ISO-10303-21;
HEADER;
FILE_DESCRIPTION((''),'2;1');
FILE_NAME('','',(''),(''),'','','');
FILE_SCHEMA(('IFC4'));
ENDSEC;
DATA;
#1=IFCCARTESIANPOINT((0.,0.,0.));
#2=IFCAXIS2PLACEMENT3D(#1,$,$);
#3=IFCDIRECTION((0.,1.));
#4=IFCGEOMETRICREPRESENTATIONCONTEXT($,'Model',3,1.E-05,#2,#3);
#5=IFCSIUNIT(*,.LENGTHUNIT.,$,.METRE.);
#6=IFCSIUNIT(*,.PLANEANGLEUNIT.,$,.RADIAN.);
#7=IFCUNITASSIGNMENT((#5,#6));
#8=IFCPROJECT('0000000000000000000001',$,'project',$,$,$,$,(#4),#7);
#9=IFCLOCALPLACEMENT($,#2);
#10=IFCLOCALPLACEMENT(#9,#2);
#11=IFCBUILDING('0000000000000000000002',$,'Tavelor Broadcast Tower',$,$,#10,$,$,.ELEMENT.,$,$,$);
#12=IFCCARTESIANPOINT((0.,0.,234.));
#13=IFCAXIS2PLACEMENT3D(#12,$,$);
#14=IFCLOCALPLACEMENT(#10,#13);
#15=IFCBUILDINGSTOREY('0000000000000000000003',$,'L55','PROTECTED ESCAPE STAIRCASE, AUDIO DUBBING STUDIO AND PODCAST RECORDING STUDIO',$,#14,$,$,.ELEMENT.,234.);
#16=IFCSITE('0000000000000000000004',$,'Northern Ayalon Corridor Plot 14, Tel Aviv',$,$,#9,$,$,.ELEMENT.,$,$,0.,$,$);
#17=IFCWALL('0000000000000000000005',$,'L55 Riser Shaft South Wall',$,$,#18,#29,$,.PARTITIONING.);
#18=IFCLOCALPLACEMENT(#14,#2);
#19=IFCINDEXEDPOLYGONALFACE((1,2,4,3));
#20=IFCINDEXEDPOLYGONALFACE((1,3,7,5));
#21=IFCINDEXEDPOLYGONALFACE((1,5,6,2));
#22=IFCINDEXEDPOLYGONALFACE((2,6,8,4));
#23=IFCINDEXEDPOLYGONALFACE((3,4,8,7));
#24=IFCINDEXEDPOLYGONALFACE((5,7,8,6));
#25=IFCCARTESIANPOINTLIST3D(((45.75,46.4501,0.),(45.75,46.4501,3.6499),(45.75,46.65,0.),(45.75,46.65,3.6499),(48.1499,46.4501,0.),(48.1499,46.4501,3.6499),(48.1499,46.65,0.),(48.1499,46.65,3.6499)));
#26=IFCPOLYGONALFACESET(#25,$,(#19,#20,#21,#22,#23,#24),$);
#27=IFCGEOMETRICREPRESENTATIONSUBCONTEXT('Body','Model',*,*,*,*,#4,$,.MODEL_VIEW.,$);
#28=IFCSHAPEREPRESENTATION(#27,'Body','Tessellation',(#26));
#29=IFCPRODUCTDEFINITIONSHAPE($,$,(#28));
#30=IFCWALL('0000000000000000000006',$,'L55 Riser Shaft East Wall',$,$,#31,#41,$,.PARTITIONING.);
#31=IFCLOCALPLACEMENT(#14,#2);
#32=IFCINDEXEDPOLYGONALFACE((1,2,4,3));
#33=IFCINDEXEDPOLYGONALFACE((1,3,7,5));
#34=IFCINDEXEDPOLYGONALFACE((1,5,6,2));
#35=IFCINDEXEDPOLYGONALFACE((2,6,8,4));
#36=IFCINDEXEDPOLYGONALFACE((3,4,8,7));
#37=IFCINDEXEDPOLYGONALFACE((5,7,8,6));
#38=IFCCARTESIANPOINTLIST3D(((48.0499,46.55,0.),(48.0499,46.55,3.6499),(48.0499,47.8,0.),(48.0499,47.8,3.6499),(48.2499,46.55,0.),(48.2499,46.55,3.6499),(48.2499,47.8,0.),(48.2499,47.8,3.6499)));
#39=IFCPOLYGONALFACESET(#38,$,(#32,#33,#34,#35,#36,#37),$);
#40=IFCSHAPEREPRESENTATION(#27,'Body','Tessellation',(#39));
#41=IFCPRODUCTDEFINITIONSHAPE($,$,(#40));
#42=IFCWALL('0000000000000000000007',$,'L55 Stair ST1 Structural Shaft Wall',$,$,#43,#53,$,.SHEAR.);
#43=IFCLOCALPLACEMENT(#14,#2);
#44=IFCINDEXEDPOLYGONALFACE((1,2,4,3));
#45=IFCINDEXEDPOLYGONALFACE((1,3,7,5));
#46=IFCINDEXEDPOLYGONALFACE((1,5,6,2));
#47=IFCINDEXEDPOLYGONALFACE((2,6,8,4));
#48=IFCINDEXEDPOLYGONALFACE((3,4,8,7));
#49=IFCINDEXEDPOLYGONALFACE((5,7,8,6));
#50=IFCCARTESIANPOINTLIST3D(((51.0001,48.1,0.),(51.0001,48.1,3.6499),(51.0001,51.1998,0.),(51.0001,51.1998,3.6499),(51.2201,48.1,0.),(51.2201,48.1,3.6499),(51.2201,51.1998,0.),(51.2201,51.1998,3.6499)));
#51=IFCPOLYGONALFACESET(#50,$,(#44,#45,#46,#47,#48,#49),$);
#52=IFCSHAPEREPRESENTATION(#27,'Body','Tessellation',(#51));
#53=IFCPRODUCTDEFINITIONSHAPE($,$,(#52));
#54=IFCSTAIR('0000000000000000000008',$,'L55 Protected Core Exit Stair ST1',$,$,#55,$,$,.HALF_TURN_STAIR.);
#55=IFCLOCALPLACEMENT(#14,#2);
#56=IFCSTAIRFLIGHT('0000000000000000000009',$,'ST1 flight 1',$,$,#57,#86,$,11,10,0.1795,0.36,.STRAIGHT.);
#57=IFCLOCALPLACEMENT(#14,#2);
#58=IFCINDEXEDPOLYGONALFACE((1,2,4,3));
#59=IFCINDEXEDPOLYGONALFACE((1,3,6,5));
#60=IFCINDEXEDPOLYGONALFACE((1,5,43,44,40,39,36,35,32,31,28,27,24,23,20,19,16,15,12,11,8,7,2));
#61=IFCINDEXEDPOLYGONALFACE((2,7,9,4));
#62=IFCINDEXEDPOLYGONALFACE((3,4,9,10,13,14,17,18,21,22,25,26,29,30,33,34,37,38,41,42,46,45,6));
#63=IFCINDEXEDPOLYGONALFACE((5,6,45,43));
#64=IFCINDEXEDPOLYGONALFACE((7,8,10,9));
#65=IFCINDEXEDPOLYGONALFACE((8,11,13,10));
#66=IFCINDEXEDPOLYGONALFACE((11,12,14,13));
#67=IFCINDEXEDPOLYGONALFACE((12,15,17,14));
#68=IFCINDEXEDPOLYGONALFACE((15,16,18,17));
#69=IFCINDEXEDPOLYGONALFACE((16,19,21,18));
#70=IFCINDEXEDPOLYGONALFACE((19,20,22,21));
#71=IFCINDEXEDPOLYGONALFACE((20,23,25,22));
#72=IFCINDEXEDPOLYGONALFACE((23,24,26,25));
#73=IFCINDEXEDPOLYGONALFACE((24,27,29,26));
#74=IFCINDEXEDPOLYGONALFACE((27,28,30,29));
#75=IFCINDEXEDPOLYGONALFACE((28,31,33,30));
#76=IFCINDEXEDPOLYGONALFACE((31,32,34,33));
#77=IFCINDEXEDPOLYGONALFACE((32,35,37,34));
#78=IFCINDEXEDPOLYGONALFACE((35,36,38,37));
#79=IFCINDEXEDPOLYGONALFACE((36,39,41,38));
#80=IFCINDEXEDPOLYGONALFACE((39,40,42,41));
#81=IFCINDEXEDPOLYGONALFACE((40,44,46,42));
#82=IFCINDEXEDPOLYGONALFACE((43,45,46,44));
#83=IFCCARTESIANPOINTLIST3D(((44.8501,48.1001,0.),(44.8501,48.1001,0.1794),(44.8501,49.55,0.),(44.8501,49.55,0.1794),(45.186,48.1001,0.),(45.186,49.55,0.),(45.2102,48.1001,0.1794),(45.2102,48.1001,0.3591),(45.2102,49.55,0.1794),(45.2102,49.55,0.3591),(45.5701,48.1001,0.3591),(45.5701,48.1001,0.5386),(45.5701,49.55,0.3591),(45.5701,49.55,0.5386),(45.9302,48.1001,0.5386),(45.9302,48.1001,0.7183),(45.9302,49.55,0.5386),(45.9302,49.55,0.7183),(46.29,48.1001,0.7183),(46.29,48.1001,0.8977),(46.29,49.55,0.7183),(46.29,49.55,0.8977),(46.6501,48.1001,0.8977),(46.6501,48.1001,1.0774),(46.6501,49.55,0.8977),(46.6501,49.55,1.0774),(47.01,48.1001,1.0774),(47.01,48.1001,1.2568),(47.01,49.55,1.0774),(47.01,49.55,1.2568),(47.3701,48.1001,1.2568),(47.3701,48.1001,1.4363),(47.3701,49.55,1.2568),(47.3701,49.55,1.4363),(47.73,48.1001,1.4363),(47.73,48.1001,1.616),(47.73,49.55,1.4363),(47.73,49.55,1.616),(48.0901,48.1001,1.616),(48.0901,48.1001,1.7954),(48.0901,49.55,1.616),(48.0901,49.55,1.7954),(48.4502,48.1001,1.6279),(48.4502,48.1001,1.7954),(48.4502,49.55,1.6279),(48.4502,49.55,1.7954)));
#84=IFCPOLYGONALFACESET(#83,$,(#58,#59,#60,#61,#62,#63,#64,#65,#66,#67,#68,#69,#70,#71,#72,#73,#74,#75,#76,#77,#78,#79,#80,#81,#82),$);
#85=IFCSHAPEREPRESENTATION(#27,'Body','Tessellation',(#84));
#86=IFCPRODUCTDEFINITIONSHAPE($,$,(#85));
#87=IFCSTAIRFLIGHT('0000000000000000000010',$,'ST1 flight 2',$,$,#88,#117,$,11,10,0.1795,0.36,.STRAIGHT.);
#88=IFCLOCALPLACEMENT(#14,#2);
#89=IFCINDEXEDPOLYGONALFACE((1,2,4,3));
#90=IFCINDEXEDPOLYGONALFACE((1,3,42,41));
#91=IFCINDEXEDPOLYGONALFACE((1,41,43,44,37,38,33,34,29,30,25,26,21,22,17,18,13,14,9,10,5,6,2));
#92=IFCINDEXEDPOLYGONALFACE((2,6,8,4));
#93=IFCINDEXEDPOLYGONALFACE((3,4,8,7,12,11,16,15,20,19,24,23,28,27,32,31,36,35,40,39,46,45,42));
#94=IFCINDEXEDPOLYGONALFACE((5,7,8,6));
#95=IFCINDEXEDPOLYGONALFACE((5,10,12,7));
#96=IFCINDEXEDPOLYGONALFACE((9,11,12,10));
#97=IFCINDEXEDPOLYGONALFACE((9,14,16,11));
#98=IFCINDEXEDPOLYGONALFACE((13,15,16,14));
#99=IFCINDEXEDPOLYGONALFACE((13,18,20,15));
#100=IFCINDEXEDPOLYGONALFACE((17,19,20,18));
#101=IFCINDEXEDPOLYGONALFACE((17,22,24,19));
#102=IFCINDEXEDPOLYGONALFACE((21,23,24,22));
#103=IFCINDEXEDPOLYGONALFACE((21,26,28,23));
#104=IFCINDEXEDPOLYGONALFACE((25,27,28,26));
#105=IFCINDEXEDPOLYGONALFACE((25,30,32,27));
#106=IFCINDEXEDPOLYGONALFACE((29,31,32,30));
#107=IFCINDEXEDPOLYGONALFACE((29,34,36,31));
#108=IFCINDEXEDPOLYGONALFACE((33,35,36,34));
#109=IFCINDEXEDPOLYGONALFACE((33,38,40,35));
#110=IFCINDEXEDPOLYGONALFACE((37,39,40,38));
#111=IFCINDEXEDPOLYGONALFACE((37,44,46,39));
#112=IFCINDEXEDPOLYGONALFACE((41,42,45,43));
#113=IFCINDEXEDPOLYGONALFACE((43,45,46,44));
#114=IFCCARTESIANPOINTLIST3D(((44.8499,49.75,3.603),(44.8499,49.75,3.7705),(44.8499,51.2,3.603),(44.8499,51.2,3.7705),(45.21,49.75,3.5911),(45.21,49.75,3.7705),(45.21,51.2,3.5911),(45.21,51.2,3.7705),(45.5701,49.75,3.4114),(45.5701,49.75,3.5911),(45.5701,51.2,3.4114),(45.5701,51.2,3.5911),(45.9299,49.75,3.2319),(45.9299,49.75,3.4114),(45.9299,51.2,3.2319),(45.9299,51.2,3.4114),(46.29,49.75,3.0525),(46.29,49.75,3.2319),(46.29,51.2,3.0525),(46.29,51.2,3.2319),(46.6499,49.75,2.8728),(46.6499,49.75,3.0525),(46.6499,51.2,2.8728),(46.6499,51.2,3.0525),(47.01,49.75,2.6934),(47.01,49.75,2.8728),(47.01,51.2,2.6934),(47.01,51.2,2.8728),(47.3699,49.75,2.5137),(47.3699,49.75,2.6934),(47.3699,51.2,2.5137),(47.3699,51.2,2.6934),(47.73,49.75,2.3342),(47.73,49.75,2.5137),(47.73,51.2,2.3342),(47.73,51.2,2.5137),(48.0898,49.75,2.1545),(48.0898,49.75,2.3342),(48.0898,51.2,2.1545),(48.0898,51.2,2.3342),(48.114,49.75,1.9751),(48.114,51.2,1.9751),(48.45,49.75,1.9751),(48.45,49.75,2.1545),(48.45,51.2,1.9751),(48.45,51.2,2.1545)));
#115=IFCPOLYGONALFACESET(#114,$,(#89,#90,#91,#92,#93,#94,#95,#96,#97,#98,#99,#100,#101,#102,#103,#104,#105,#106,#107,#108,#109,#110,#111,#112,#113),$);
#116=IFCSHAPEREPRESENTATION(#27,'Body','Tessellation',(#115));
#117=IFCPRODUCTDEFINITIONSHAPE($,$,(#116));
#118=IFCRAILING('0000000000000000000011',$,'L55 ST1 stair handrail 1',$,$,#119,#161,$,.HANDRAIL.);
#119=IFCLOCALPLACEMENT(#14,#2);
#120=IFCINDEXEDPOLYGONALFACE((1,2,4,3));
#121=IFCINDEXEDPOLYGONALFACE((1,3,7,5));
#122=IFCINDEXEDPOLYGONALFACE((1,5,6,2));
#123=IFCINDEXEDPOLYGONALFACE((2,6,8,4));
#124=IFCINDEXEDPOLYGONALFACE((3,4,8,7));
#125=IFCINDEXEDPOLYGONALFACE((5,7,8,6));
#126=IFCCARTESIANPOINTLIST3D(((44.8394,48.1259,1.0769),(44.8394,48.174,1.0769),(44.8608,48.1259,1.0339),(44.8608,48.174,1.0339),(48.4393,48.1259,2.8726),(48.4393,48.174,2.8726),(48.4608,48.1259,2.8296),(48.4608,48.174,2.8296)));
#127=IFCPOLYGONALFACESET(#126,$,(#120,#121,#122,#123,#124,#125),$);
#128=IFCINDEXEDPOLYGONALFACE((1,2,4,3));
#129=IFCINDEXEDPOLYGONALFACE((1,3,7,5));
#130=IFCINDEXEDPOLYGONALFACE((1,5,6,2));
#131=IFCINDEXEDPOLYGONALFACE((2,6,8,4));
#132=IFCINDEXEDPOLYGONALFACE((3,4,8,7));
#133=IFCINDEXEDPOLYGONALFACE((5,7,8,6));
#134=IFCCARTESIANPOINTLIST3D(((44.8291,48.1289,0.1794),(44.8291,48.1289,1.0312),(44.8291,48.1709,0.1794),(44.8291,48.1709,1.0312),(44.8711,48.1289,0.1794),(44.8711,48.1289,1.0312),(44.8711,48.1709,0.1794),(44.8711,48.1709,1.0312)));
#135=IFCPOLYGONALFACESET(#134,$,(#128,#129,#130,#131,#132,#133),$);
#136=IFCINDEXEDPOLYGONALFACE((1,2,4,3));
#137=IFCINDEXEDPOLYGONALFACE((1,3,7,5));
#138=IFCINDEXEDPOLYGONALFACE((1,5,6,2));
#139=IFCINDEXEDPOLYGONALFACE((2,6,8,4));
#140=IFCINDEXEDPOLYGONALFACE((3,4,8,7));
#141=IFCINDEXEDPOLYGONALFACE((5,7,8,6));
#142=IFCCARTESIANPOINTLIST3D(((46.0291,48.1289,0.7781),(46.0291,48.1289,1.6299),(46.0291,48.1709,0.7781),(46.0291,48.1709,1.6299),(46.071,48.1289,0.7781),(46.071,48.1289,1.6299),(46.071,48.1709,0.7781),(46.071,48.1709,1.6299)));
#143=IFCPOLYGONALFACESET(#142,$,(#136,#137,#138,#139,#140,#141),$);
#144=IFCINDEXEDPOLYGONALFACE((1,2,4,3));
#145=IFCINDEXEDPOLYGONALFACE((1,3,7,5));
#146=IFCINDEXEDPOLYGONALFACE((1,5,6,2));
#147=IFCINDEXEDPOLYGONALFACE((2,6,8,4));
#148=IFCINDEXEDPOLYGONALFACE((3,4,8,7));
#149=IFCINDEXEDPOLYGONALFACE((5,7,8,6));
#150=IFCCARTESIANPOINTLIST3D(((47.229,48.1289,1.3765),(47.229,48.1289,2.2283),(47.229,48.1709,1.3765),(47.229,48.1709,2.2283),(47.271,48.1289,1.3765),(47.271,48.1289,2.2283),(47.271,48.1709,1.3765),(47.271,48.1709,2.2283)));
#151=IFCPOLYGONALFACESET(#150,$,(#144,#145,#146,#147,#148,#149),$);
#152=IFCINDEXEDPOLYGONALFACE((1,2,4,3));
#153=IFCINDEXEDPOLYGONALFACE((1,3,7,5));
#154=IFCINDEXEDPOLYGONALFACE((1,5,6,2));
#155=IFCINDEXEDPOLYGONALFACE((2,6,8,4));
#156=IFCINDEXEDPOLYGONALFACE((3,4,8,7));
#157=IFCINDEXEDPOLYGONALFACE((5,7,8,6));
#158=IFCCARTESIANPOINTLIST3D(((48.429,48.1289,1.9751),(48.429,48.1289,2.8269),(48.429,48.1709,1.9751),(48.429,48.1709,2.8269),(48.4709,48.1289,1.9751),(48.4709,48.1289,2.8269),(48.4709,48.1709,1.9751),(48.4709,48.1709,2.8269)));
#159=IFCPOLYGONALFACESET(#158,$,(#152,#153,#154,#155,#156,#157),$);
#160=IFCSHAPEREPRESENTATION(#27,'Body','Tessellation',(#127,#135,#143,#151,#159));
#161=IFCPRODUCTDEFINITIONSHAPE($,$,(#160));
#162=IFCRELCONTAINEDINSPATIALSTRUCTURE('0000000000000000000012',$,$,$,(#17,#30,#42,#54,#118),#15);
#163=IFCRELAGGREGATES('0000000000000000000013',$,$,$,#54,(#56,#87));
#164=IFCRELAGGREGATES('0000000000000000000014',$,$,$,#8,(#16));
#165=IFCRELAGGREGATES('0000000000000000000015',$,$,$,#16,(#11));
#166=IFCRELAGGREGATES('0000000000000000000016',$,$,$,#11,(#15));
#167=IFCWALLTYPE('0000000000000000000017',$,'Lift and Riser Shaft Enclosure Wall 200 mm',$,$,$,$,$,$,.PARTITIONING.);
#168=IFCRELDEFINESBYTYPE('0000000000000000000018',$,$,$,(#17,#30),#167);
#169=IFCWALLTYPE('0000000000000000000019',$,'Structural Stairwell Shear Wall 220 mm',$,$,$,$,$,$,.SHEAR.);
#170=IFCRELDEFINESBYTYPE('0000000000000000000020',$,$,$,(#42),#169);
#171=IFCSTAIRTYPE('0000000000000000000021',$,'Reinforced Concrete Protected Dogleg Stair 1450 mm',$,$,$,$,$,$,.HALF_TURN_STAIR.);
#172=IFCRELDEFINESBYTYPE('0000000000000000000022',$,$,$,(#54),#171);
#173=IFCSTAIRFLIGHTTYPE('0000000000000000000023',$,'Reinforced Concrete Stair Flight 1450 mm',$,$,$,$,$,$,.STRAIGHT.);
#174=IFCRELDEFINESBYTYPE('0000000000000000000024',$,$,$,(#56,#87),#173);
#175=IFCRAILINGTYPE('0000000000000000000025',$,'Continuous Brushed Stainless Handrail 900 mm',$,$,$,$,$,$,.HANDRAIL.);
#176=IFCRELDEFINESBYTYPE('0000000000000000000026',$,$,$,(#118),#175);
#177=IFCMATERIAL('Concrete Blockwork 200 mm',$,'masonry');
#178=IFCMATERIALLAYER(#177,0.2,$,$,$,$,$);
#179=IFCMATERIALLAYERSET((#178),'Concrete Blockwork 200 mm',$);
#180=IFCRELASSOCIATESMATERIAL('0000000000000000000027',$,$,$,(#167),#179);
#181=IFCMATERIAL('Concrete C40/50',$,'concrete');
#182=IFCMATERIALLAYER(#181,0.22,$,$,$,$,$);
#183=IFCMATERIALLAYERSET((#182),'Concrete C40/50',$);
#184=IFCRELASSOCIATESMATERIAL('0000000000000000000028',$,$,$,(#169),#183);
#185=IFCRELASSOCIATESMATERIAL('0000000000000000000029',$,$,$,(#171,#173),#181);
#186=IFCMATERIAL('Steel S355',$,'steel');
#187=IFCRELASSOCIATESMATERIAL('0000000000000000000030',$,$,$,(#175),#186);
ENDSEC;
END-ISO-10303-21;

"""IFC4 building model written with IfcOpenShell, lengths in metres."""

from ifc_helpers import new_model, si_unit, direction, frame, frame_2d, origin, origin_2d, place, context, subcontext, project, spatial, polyline, rectangle, outline, extrude, material, layer, layer_set, type_object, element, aggregate, save


model = new_model("IFC4")

# Units and contexts
model_context = context("Model", 3, precision=1e-05, world=origin(), true_north=direction((0.0, 1.0)))
body_context = subcontext(model_context, "Body", "Model", "MODEL_VIEW")
ifc_project = project(units=[si_unit("LENGTHUNIT", "METRE"), si_unit("PLANEANGLEUNIT", "RADIAN")], contexts=[model_context])

# Site, building, storey
site_placement = place(None, origin())
site = spatial("IfcSite", under=ifc_project, at=site_placement, Name="Northern Ayalon Corridor Plot 14, Tel Aviv", CompositionType="ELEMENT", RefElevation=0.0)
building_placement = place(site_placement, origin())
building = spatial("IfcBuilding", under=site, at=building_placement, Name="Tavelor Broadcast Tower", CompositionType="ELEMENT")
storey_placement = place(building_placement, frame((0.0, 0.0, 234.0)))
storey = spatial("IfcBuildingStorey", under=building, at=storey_placement, Name="L55", Description="PROTECTED ESCAPE STAIRCASE, AUDIO DUBBING STUDIO AND PODCAST RECORDING STUDIO", CompositionType="ELEMENT", Elevation=234.0)

# Shared definitions
ifc_material_1 = material(Name="Steel S355", Category="steel")

# Shared definitions
ifc_material_2 = material(Name="Concrete Blockwork 200 mm", Category="masonry")

# Walls
ifc_layer_1 = layer(ifc_material_2, 0.2)
ifc_layer_set_1 = layer_set([ifc_layer_1], Name="Concrete Blockwork 200 mm")
wall_type_1 = type_object("IfcWallType", Name="Lift and Riser Shaft Enclosure Wall 200 mm", PredefinedType="PARTITIONING", material=ifc_layer_set_1)
wall_1_placement = place(storey_placement, frame((45.75, 46.55, 0.0), z_axis=(0.0, 0.0, 1.0), x_axis=(1.0, 0.0, 0.0)))
element("IfcWall", 1, at=wall_1_placement, inside=storey, type_object=wall_type_1, Name="L55 Riser Shaft South Wall", PredefinedType="PARTITIONING", context=body_context, shape_type="SweptSolid", body=[
    extrude(rectangle(XDim=2.3999, YDim=0.2, at=frame_2d((1.2, 0.0))), origin(), (0.0, 0.0, 1.0), 3.6499),
])
wall_2_placement = place(storey_placement, frame((48.1499, 46.55, 0.0), z_axis=(0.0, 0.0, 1.0), x_axis=(0.0, 1.0, 0.0)))
element("IfcWall", 2, at=wall_2_placement, inside=storey, type_object=wall_type_1, Name="L55 Riser Shaft East Wall", PredefinedType="PARTITIONING", context=body_context, shape_type="SweptSolid", body=[
    extrude(rectangle(XDim=1.25, YDim=0.2, at=frame_2d((0.625, 0.0))), origin(), (0.0, 0.0, 1.0), 3.6499),
])
ifc_material_3 = material(Name="Concrete C40/50", Category="concrete")
ifc_layer_2 = layer(ifc_material_3, 0.22)
ifc_layer_set_2 = layer_set([ifc_layer_2], Name="Concrete C40/50")
wall_type_2 = type_object("IfcWallType", Name="Structural Stairwell Shear Wall 220 mm", PredefinedType="SHEAR", material=ifc_layer_set_2)
wall_3_placement = place(storey_placement, frame((51.1101, 48.1001, 0.0), z_axis=(0.0, 0.0, 1.0), x_axis=(0.0, 1.0, 0.0)))
element("IfcWall", 3, at=wall_3_placement, inside=storey, type_object=wall_type_2, Name="L55 Stair ST1 Structural Shaft Wall", PredefinedType="SHEAR", context=body_context, shape_type="SweptSolid", body=[
    extrude(rectangle(XDim=3.0999, YDim=0.22, at=frame_2d((1.5498, 0.0))), origin(), (0.0, 0.0, 1.0), 3.6499),
])

# Stair, stair flights
stair_type = type_object("IfcStairType", Name="Reinforced Concrete Protected Dogleg Stair 1450 mm", PredefinedType="HALF_TURN_STAIR", material=ifc_material_3)
stair_placement = place(storey_placement, origin())
stair = element("IfcStair", 4, at=stair_placement, inside=storey, type_object=stair_type, Name="L55 Protected Core Exit Stair ST1", PredefinedType="HALF_TURN_STAIR")
stair_flight_type = type_object("IfcStairFlightType", Name="Reinforced Concrete Stair Flight 1450 mm", PredefinedType="STRAIGHT", material=ifc_material_3)
stair_flight_1_placement = place(storey_placement, frame((44.8501, 48.825, 0.0), z_axis=(0.0, 0.0, 1.0), x_axis=(1.0, 0.0, 0.0)))
stair_flight_1 = element("IfcStairFlight", 5, at=stair_flight_1_placement, type_object=stair_flight_type, Name="ST1 flight 1", NumberOfRisers=11, NumberOfTreads=10, PredefinedType="STRAIGHT", RiserHeight=0.1795, TreadLength=0.36, context=body_context, shape_type="SweptSolid", body=[
    extrude(outline(polyline([(0.0, 0.0), (0.0, 0.1794), (0.3601, 0.1794), (0.3601, 0.3591), (0.72, 0.3591), (0.72, 0.5386), (1.0801, 0.5386), (1.0801, 0.7183), (1.4399, 0.7183), (1.4399, 0.8977), (1.8, 0.8977), (1.8, 1.0774), (2.1599, 1.0774), (2.1599, 1.2568), (2.52, 1.2568), (2.52, 1.4363), (2.8799, 1.4363), (2.8799, 1.616), (3.24, 1.616), (3.24, 1.7954), (3.6001, 1.7954), (3.6001, 1.9751), (3.6001, 1.6279), (0.3359, 0.0), (0.0, 0.0)])), frame((0.0, 0.7251, 0.0), z_axis=(0.0, -1.0, 0.0), x_axis=(1.0, 0.0, 0.0)), (0.0, 0.0, 1.0), 1.45),
])
stair_flight_2_placement = place(storey_placement, frame((48.45, 50.4751, 1.9751), z_axis=(0.0, 0.0, 1.0), x_axis=(-1.0, 0.0, 0.0)))
stair_flight_2 = element("IfcStairFlight", 6, at=stair_flight_2_placement, type_object=stair_flight_type, Name="ST1 flight 2", NumberOfRisers=11, NumberOfTreads=10, PredefinedType="STRAIGHT", RiserHeight=0.1795, TreadLength=0.36, context=body_context, shape_type="SweptSolid", body=[
    extrude(outline(polyline([(0.0, 0.0), (0.0, 0.1794), (0.3601, 0.1794), (0.3601, 0.3591), (0.72, 0.3591), (0.72, 0.5386), (1.0801, 0.5386), (1.0801, 0.7183), (1.4399, 0.7183), (1.4399, 0.8977), (1.8, 0.8977), (1.8, 1.0774), (2.1599, 1.0774), (2.1599, 1.2568), (2.52, 1.2568), (2.52, 1.4363), (2.8799, 1.4363), (2.8799, 1.616), (3.24, 1.616), (3.24, 1.7954), (3.6001, 1.7954), (3.6001, 1.9751), (3.6001, 1.6279), (0.3359, 0.0), (0.0, 0.0)])), frame((0.0, 0.7251, 0.0), z_axis=(0.0, -1.0, 0.0), x_axis=(1.0, 0.0, 0.0)), (0.0, 0.0, 1.0), 1.45),
])
aggregate(stair, [stair_flight_1, stair_flight_2])

# Railing
railing_type_1 = type_object("IfcRailingType", Name="Continuous Brushed Stainless Handrail 900 mm", PredefinedType="HANDRAIL", material=ifc_material_1)
railing_1_placement = place(storey_placement, frame((44.8501, 48.1499, 0.1794)))
element("IfcRailing", 7, at=railing_1_placement, inside=storey, type_object=railing_type_1, Name="L55 ST1 stair handrail 1", PredefinedType="HANDRAIL", context=body_context, shape_type="SweptSolid", body=[
    extrude(rectangle(XDim=0.0481, YDim=0.0481, at=origin_2d()), frame((0.0, 0.0, 0.876), z_axis=(0.894852, 0.0, 0.446364), x_axis=(0.0, 1.0, 0.0)), (0.0, 0.0, 1.0), 4.0229),
    extrude(rectangle(XDim=0.042, YDim=0.042, at=origin_2d()), origin(), (0.0, 0.0, 1.0), 0.8518),
    extrude(rectangle(XDim=0.042, YDim=0.042, at=origin_2d()), frame((1.2, 0.0, 0.5986)), (0.0, 0.0, 1.0), 0.8518),
    extrude(rectangle(XDim=0.042, YDim=0.042, at=origin_2d()), frame((2.3999, 0.0, 1.197)), (0.0, 0.0, 1.0), 0.8518),
    extrude(rectangle(XDim=0.042, YDim=0.042, at=origin_2d()), frame((3.5999, 0.0, 1.7957)), (0.0, 0.0, 1.0), 0.8518),
])

save(model, "model.ifc")
